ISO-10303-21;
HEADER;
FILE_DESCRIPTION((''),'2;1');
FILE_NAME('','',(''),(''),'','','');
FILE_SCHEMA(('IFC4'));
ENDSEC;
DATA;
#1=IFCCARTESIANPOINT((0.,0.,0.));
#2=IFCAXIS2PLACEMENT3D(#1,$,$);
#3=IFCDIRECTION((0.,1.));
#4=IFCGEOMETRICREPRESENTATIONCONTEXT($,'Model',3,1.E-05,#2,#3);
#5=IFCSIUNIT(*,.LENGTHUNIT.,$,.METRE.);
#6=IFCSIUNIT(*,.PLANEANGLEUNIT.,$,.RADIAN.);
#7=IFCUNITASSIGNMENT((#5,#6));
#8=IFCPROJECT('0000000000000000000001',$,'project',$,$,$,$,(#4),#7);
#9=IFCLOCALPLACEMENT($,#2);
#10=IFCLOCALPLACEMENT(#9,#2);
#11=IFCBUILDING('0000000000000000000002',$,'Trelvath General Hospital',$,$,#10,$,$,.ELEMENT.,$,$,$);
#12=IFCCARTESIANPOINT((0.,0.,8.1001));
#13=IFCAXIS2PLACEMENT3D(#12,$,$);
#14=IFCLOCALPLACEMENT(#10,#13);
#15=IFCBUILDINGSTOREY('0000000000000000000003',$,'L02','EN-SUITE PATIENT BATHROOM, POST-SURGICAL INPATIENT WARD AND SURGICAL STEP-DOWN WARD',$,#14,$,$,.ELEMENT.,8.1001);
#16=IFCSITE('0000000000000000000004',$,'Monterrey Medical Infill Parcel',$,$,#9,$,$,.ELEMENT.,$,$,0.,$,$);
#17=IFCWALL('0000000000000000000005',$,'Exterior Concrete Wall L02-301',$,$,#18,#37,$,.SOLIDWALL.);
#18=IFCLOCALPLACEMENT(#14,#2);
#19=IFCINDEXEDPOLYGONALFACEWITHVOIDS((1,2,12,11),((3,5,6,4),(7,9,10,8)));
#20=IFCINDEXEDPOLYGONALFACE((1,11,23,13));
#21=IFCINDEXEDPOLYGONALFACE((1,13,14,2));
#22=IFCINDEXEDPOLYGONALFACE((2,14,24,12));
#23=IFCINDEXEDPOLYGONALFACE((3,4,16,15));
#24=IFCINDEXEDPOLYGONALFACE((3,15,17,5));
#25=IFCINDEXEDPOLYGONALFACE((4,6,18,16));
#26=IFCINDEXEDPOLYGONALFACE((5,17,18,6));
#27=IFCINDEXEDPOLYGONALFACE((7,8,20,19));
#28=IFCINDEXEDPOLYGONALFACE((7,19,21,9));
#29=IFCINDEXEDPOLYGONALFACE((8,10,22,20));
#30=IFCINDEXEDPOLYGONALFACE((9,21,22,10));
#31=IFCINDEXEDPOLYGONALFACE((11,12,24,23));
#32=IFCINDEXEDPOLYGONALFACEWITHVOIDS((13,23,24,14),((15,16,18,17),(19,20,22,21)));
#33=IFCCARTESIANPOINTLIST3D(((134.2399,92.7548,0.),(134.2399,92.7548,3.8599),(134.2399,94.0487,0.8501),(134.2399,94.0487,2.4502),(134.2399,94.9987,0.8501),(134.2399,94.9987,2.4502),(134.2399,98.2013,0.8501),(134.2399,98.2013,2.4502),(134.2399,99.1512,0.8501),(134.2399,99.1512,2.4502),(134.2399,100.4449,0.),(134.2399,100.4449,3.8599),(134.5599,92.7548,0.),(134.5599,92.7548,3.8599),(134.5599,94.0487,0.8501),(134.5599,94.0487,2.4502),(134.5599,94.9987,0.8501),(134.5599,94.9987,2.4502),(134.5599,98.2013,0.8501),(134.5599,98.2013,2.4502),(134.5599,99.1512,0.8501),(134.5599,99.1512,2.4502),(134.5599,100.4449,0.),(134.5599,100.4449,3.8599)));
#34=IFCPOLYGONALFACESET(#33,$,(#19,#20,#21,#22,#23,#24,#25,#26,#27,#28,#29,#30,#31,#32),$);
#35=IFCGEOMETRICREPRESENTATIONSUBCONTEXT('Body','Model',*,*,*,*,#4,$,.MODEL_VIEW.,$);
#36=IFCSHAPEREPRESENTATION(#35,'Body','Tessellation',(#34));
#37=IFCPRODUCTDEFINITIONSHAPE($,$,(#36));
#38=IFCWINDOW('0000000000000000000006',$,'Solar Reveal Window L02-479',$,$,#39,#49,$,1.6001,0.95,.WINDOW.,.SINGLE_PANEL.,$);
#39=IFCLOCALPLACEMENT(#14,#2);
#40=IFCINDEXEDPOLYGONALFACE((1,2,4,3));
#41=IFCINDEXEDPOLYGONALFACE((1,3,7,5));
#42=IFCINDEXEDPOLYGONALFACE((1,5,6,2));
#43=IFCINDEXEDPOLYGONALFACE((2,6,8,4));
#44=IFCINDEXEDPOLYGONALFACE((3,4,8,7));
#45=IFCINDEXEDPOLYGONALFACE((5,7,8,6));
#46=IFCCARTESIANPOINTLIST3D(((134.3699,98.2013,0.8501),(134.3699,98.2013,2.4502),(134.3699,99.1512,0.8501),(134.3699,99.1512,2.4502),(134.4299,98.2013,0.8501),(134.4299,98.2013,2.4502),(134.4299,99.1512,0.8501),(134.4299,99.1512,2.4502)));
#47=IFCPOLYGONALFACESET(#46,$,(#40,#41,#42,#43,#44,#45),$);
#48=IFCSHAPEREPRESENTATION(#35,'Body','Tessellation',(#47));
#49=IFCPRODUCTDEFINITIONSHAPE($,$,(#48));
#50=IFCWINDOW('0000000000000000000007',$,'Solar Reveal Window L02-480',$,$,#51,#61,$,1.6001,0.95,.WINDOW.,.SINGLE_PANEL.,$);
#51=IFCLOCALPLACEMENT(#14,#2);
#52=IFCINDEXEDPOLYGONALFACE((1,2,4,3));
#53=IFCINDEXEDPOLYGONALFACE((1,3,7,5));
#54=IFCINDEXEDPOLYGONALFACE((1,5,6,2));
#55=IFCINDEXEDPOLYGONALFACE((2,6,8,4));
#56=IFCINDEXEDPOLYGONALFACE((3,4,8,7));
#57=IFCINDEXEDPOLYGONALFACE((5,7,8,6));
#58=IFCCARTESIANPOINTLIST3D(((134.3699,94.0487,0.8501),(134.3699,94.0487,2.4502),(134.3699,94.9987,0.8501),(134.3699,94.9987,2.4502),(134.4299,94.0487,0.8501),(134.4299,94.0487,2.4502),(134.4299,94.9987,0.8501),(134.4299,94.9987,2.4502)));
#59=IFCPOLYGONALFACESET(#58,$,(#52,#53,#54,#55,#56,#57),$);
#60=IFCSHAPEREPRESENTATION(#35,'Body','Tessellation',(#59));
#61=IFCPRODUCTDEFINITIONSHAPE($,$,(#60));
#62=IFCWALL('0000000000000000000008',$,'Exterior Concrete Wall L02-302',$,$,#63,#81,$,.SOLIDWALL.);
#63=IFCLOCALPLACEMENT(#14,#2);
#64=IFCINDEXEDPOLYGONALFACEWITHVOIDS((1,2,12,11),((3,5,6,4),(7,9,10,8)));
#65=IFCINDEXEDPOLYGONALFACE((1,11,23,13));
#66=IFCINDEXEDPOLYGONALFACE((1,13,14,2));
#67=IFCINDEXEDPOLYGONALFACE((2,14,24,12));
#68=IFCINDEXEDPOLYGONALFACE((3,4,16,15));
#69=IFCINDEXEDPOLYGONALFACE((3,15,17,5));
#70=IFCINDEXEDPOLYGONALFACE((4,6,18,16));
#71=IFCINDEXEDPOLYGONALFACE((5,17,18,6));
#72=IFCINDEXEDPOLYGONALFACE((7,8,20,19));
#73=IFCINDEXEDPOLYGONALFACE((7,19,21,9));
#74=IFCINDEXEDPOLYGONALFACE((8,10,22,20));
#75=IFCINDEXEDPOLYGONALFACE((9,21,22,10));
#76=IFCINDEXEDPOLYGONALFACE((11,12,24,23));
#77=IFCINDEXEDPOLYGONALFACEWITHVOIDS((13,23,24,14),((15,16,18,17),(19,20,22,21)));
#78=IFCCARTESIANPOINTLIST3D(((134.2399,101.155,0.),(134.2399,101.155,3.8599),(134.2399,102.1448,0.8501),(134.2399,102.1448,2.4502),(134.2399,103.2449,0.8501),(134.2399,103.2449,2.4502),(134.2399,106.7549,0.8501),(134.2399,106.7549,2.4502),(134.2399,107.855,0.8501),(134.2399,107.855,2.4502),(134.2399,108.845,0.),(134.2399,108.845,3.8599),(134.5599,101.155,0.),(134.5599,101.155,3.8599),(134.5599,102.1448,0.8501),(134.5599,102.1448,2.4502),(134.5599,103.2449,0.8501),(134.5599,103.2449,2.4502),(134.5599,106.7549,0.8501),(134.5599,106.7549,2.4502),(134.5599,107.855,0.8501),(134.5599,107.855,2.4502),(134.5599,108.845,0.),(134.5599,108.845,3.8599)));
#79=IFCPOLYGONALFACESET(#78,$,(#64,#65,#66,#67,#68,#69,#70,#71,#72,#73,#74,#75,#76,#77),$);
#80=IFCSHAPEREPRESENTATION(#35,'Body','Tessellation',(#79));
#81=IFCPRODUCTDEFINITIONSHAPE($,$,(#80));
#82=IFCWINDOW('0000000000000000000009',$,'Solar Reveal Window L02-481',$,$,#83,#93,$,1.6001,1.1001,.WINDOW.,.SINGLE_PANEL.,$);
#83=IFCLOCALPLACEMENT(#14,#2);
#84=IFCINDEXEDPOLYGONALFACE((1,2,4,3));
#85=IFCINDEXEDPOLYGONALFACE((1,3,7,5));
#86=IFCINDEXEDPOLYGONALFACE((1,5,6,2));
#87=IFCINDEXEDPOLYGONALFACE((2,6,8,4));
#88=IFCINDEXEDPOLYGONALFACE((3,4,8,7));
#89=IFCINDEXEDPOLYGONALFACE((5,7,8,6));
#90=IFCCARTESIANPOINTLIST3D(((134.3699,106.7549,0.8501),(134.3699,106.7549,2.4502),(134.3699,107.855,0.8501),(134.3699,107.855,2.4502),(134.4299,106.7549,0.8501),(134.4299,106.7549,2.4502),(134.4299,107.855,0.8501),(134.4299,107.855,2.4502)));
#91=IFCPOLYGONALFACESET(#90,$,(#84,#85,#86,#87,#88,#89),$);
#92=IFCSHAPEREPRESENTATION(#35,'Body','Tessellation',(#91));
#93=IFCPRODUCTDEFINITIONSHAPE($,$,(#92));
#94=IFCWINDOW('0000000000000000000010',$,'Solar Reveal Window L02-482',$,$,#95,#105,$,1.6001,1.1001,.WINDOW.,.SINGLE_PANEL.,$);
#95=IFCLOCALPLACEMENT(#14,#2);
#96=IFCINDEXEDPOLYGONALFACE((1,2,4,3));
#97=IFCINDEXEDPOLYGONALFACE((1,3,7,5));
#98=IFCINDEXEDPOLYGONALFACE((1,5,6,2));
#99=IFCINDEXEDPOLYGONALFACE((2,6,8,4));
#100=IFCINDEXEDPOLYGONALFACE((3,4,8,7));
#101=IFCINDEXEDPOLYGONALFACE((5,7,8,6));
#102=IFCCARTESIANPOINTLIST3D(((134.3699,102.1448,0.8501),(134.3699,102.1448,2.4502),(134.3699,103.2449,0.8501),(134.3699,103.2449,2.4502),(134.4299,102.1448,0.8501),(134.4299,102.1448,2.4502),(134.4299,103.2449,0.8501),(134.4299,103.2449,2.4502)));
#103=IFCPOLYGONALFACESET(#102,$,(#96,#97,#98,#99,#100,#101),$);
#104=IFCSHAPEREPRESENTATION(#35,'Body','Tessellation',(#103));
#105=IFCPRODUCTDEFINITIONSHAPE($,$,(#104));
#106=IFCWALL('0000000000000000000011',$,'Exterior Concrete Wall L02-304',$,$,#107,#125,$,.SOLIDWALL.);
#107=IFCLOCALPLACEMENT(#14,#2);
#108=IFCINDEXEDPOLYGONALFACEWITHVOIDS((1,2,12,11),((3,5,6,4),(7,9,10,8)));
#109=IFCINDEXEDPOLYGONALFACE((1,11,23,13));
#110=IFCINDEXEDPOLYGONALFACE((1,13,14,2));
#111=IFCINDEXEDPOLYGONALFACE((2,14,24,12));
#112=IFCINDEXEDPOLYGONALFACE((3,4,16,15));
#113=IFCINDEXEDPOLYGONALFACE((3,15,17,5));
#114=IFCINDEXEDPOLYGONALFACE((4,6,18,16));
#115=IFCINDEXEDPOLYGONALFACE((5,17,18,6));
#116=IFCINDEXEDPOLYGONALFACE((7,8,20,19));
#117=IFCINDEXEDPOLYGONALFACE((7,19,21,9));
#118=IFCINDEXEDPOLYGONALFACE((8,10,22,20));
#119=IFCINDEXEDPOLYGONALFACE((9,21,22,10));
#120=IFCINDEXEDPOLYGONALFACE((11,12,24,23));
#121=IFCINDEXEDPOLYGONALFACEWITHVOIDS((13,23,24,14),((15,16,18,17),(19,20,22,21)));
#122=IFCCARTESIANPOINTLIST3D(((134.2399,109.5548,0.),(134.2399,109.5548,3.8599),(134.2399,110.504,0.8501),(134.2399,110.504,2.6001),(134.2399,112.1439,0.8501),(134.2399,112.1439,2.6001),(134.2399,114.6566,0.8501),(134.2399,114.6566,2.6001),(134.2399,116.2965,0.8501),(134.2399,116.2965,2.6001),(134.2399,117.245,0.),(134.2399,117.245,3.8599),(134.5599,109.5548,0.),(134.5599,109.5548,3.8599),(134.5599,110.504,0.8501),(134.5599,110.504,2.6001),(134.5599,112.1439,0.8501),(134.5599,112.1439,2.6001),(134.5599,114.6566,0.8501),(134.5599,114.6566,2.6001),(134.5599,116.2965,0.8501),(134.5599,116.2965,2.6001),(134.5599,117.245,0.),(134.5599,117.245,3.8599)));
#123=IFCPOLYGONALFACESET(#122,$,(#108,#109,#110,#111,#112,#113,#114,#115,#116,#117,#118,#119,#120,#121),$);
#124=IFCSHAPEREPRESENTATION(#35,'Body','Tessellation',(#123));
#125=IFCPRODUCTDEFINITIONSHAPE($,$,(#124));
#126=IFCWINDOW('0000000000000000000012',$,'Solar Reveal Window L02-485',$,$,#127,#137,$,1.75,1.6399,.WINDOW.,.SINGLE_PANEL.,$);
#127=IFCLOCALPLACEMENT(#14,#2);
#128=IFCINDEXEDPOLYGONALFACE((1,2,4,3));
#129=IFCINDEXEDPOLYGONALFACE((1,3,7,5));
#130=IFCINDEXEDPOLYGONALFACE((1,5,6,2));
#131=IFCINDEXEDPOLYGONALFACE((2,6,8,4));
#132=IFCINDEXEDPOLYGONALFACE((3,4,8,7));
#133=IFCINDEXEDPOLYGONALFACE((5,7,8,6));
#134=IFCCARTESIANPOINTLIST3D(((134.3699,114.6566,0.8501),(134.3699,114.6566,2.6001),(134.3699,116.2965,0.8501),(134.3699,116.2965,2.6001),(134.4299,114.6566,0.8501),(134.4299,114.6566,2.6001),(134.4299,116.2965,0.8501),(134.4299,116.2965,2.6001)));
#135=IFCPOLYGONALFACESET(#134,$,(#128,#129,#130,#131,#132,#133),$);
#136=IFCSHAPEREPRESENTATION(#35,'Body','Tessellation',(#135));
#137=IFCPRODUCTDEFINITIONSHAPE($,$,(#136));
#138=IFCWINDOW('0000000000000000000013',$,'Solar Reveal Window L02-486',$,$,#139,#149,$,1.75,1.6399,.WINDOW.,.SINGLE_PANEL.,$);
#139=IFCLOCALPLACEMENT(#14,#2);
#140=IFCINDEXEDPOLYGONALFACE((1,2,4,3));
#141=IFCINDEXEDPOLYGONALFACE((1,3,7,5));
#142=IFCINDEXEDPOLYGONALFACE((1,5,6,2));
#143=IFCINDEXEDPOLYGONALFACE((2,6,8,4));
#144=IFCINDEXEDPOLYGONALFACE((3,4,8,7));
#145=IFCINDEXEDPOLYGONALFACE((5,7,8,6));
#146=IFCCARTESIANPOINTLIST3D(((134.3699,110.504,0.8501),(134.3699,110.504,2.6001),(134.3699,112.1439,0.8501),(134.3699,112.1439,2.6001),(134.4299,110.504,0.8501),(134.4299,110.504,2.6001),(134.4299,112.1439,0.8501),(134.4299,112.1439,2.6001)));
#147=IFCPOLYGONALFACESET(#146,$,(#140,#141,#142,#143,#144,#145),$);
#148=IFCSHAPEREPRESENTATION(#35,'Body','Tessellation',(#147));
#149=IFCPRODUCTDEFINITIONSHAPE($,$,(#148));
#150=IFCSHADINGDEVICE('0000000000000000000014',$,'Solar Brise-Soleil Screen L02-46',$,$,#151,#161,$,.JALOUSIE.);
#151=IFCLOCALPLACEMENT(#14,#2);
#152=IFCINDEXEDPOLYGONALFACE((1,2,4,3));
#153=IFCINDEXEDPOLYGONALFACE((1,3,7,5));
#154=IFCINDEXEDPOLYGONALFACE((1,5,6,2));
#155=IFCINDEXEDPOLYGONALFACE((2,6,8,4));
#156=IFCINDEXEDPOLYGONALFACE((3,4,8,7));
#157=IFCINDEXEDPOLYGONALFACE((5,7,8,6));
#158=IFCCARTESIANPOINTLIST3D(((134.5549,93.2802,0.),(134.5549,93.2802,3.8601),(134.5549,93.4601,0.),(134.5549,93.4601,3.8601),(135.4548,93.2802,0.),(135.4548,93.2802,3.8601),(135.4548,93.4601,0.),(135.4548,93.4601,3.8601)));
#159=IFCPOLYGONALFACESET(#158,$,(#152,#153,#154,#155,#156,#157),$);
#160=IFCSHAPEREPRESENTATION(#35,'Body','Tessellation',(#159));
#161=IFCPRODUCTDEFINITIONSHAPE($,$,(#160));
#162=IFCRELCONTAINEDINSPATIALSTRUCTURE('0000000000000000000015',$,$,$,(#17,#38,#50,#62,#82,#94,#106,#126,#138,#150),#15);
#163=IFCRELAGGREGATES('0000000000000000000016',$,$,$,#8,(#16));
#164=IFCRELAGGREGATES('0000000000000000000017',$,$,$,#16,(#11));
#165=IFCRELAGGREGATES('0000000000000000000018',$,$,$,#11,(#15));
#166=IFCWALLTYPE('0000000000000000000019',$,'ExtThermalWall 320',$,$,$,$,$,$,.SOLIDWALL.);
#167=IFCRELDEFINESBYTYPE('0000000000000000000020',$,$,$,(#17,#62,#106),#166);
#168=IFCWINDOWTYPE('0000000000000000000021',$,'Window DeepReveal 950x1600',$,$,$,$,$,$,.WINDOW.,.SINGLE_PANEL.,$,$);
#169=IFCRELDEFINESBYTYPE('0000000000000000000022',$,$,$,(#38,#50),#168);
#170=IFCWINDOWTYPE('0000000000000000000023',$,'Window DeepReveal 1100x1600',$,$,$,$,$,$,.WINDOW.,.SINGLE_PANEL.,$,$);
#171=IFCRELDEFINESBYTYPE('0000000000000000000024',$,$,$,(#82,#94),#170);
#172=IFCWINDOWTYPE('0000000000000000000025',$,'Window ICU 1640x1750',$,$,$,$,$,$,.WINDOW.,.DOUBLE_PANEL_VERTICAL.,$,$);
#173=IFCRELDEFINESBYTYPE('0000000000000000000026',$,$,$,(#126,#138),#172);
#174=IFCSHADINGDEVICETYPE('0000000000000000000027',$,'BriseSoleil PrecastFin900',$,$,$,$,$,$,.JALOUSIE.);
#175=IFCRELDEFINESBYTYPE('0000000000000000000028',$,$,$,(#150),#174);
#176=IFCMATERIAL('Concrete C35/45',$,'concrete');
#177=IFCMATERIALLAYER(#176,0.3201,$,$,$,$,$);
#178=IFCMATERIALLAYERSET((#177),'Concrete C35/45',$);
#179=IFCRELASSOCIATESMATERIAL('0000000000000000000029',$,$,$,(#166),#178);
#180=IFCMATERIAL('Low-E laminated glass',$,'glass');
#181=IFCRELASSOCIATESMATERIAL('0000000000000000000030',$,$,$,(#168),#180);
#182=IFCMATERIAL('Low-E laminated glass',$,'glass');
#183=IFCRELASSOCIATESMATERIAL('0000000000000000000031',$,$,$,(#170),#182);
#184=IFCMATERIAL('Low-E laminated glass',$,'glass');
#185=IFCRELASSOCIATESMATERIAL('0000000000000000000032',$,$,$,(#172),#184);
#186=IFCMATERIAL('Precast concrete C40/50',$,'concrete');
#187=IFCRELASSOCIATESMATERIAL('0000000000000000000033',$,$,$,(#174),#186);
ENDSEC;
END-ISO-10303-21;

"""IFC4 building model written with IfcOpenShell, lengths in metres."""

from ifc_helpers import new_model, si_unit, direction, frame, frame_2d, origin, origin_2d, place, context, subcontext, project, spatial, rectangle, extrude, material, layer, layer_set, type_object, element, fill, save


model = new_model("IFC4")

# Units and contexts
model_context = context("Model", 3, precision=1e-05, world=origin(), true_north=direction((0.0, 1.0)))
body_context = subcontext(model_context, "Body", "Model", "MODEL_VIEW")
ifc_project = project(units=[si_unit("LENGTHUNIT", "METRE"), si_unit("PLANEANGLEUNIT", "RADIAN")], contexts=[model_context])

# Site, building, storey
site_placement = place(None, origin())
site = spatial("IfcSite", under=ifc_project, at=site_placement, Name="Monterrey Medical Infill Parcel", CompositionType="ELEMENT", RefElevation=0.0)
building_placement = place(site_placement, origin())
building = spatial("IfcBuilding", under=site, at=building_placement, Name="Trelvath General Hospital", CompositionType="ELEMENT")
storey_placement = place(building_placement, frame((0.0, 0.0, 8.1001)))
storey = spatial("IfcBuildingStorey", under=building, at=storey_placement, Name="L02", Description="EN-SUITE PATIENT BATHROOM, POST-SURGICAL INPATIENT WARD AND SURGICAL STEP-DOWN WARD", CompositionType="ELEMENT", Elevation=8.1001)

# Walls, openings, windows
ifc_material_1 = material(Name="Concrete C35/45", Category="concrete")
ifc_layer_1 = layer(ifc_material_1, 0.3201)
ifc_layer_set_1 = layer_set([ifc_layer_1], Name="Concrete C35/45")
wall_type = type_object("IfcWallType", Name="ExtThermalWall 320", PredefinedType="SOLIDWALL", material=ifc_layer_set_1)
wall_1_placement = place(storey_placement, frame((134.3999, 100.4451, 0.0), z_axis=(0.0, 0.0, 1.0), x_axis=(0.0, -1.0, 0.0)))
wall_1 = element("IfcWall", 1, at=wall_1_placement, inside=storey, type_object=wall_type, Name="Exterior Concrete Wall L02-301", PredefinedType="SOLIDWALL", context=body_context, shape_type="SweptSolid", body=[
    extrude(rectangle(XDim=7.6902, YDim=0.3201, at=frame_2d((3.8452, 0.0))), origin(), (0.0, 0.0, 1.0), 3.8599),
])
opening_1_placement = place(wall_1_placement, frame((1.2937, 0.0, 0.8501)))
opening_1 = element("IfcOpeningElement", 2, at=opening_1_placement, cuts=wall_1, PredefinedType="OPENING", context=body_context, shape_type="SweptSolid", body=[
    extrude(rectangle(XDim=0.95, YDim=1.6001, at=frame_2d((0.4751, 0.8))), frame((0.0, 0.1699, 0.0), z_axis=(0.0, -1.0, 0.0), x_axis=(1.0, 0.0, 0.0)), (0.0, 0.0, 1.0), 0.3401),
])
opening_2_placement = place(wall_1_placement, frame((5.4463, 0.0, 0.8501)))
opening_2 = element("IfcOpeningElement", 3, at=opening_2_placement, cuts=wall_1, PredefinedType="OPENING", context=body_context, shape_type="SweptSolid", body=[
    extrude(rectangle(XDim=0.95, YDim=1.6001, at=frame_2d((0.4751, 0.8))), frame((0.0, 0.1699, 0.0), z_axis=(0.0, -1.0, 0.0), x_axis=(1.0, 0.0, 0.0)), (0.0, 0.0, 1.0), 0.3401),
])
ifc_material_2 = material(Name="Low-E laminated glass", Category="glass")
window_type_1 = type_object("IfcWindowType", Name="Window DeepReveal 950x1600", PartitioningType="SINGLE_PANEL", PredefinedType="WINDOW", material=ifc_material_2)
window_1_placement = place(opening_1_placement, origin())
window_1 = element("IfcWindow", 4, at=window_1_placement, inside=storey, type_object=window_type_1, Name="Solar Reveal Window L02-479", OverallHeight=1.6001, OverallWidth=0.95, PartitioningType="SINGLE_PANEL", PredefinedType="WINDOW", context=body_context, shape_type="SweptSolid", body=[
    extrude(rectangle(XDim=0.95, YDim=1.6001, at=frame_2d((0.4751, 0.8))), frame((0.0, 0.03, 0.0), z_axis=(0.0, -1.0, 0.0), x_axis=(1.0, 0.0, 0.0)), (0.0, 0.0, 1.0), 0.0601),
])
fill(opening_1, window_1)
window_2_placement = place(opening_2_placement, origin())
window_2 = element("IfcWindow", 5, at=window_2_placement, inside=storey, type_object=window_type_1, Name="Solar Reveal Window L02-480", OverallHeight=1.6001, OverallWidth=0.95, PartitioningType="SINGLE_PANEL", PredefinedType="WINDOW", context=body_context, shape_type="SweptSolid", body=[
    extrude(rectangle(XDim=0.95, YDim=1.6001, at=frame_2d((0.4751, 0.8))), frame((0.0, 0.03, 0.0), z_axis=(0.0, -1.0, 0.0), x_axis=(1.0, 0.0, 0.0)), (0.0, 0.0, 1.0), 0.0601),
])
fill(opening_2, window_2)
wall_2_placement = place(storey_placement, frame((134.3999, 108.845, 0.0), z_axis=(0.0, 0.0, 1.0), x_axis=(0.0, -1.0, 0.0)))
wall_2 = element("IfcWall", 6, at=wall_2_placement, inside=storey, type_object=wall_type, Name="Exterior Concrete Wall L02-302", PredefinedType="SOLIDWALL", context=body_context, shape_type="SweptSolid", body=[
    extrude(rectangle(XDim=7.6899, YDim=0.3201, at=frame_2d((3.845, 0.0))), origin(), (0.0, 0.0, 1.0), 3.8599),
])
opening_3_placement = place(wall_2_placement, frame((0.99, 0.0, 0.8501)))
opening_3 = element("IfcOpeningElement", 7, at=opening_3_placement, cuts=wall_2, PredefinedType="OPENING", context=body_context, shape_type="SweptSolid", body=[
    extrude(rectangle(XDim=1.1001, YDim=1.6001, at=frame_2d((0.55, 0.8))), frame((0.0, 0.1699, 0.0), z_axis=(0.0, -1.0, 0.0), x_axis=(1.0, 0.0, 0.0)), (0.0, 0.0, 1.0), 0.3401),
])
opening_4_placement = place(wall_2_placement, frame((5.6001, 0.0, 0.8501)))
opening_4 = element("IfcOpeningElement", 8, at=opening_4_placement, cuts=wall_2, PredefinedType="OPENING", context=body_context, shape_type="SweptSolid", body=[
    extrude(rectangle(XDim=1.1001, YDim=1.6001, at=frame_2d((0.55, 0.8))), frame((0.0, 0.1699, 0.0), z_axis=(0.0, -1.0, 0.0), x_axis=(1.0, 0.0, 0.0)), (0.0, 0.0, 1.0), 0.3401),
])
ifc_material_3 = material(Name="Low-E laminated glass", Category="glass")
window_type_2 = type_object("IfcWindowType", Name="Window DeepReveal 1100x1600", PartitioningType="SINGLE_PANEL", PredefinedType="WINDOW", material=ifc_material_3)
window_3_placement = place(opening_3_placement, origin())
window_3 = element("IfcWindow", 9, at=window_3_placement, inside=storey, type_object=window_type_2, Name="Solar Reveal Window L02-481", OverallHeight=1.6001, OverallWidth=1.1001, PartitioningType="SINGLE_PANEL", PredefinedType="WINDOW", context=body_context, shape_type="SweptSolid", body=[
    extrude(rectangle(XDim=1.1001, YDim=1.6001, at=frame_2d((0.55, 0.8))), frame((0.0, 0.03, 0.0), z_axis=(0.0, -1.0, 0.0), x_axis=(1.0, 0.0, 0.0)), (0.0, 0.0, 1.0), 0.0601),
])
fill(opening_3, window_3)
window_4_placement = place(opening_4_placement, origin())
window_4 = element("IfcWindow", 10, at=window_4_placement, inside=storey, type_object=window_type_2, Name="Solar Reveal Window L02-482", OverallHeight=1.6001, OverallWidth=1.1001, PartitioningType="SINGLE_PANEL", PredefinedType="WINDOW", context=body_context, shape_type="SweptSolid", body=[
    extrude(rectangle(XDim=1.1001, YDim=1.6001, at=frame_2d((0.55, 0.8))), frame((0.0, 0.03, 0.0), z_axis=(0.0, -1.0, 0.0), x_axis=(1.0, 0.0, 0.0)), (0.0, 0.0, 1.0), 0.0601),
])
fill(opening_4, window_4)
wall_3_placement = place(storey_placement, frame((134.3999, 117.2451, 0.0), z_axis=(0.0, 0.0, 1.0), x_axis=(0.0, -1.0, 0.0)))
wall_3 = element("IfcWall", 11, at=wall_3_placement, inside=storey, type_object=wall_type, Name="Exterior Concrete Wall L02-304", PredefinedType="SOLIDWALL", context=body_context, shape_type="SweptSolid", body=[
    extrude(rectangle(XDim=7.6902, YDim=0.3201, at=frame_2d((3.8452, 0.0))), origin(), (0.0, 0.0, 1.0), 3.8599),
])
opening_5_placement = place(wall_3_placement, frame((0.9487, 0.0, 0.8501)))
opening_5 = element("IfcOpeningElement", 12, at=opening_5_placement, cuts=wall_3, PredefinedType="OPENING", context=body_context, shape_type="SweptSolid", body=[
    extrude(rectangle(XDim=1.6399, YDim=1.75, at=frame_2d((0.8198, 0.875))), frame((0.0, 0.1699, 0.0), z_axis=(0.0, -1.0, 0.0), x_axis=(1.0, 0.0, 0.0)), (0.0, 0.0, 1.0), 0.3401),
])
opening_6_placement = place(wall_3_placement, frame((5.1013, 0.0, 0.8501)))
opening_6 = element("IfcOpeningElement", 13, at=opening_6_placement, cuts=wall_3, PredefinedType="OPENING", context=body_context, shape_type="SweptSolid", body=[
    extrude(rectangle(XDim=1.6399, YDim=1.75, at=frame_2d((0.8198, 0.875))), frame((0.0, 0.1699, 0.0), z_axis=(0.0, -1.0, 0.0), x_axis=(1.0, 0.0, 0.0)), (0.0, 0.0, 1.0), 0.3401),
])
ifc_material_4 = material(Name="Low-E laminated glass", Category="glass")
window_type_3 = type_object("IfcWindowType", Name="Window ICU 1640x1750", PartitioningType="DOUBLE_PANEL_VERTICAL", PredefinedType="WINDOW", material=ifc_material_4)
window_5_placement = place(opening_5_placement, origin())
window_5 = element("IfcWindow", 14, at=window_5_placement, inside=storey, type_object=window_type_3, Name="Solar Reveal Window L02-485", OverallHeight=1.75, OverallWidth=1.6399, PartitioningType="SINGLE_PANEL", PredefinedType="WINDOW", context=body_context, shape_type="SweptSolid", body=[
    extrude(rectangle(XDim=1.6399, YDim=1.75, at=frame_2d((0.8198, 0.875))), frame((0.0, 0.03, 0.0), z_axis=(0.0, -1.0, 0.0), x_axis=(1.0, 0.0, 0.0)), (0.0, 0.0, 1.0), 0.0601),
])
fill(opening_5, window_5)
window_6_placement = place(opening_6_placement, origin())
window_6 = element("IfcWindow", 15, at=window_6_placement, inside=storey, type_object=window_type_3, Name="Solar Reveal Window L02-486", OverallHeight=1.75, OverallWidth=1.6399, PartitioningType="SINGLE_PANEL", PredefinedType="WINDOW", context=body_context, shape_type="SweptSolid", body=[
    extrude(rectangle(XDim=1.6399, YDim=1.75, at=frame_2d((0.8198, 0.875))), frame((0.0, 0.03, 0.0), z_axis=(0.0, -1.0, 0.0), x_axis=(1.0, 0.0, 0.0)), (0.0, 0.0, 1.0), 0.0601),
])
fill(opening_6, window_6)

# Shading device
ifc_material_5 = material(Name="Precast concrete C40/50", Category="concrete")
shading_device_type_1 = type_object("IfcShadingDeviceType", Name="BriseSoleil PrecastFin900", PredefinedType="JALOUSIE", material=ifc_material_5)
shading_device_1_placement = place(storey_placement, frame((135.0049, 93.3701, 0.0), z_axis=(0.0, 0.0, 1.0), x_axis=(1.0, 0.0, 0.0)))
element("IfcShadingDevice", 16, at=shading_device_1_placement, inside=storey, type_object=shading_device_type_1, Name="Solar Brise-Soleil Screen L02-46", PredefinedType="JALOUSIE", context=body_context, shape_type="SweptSolid", body=[
    extrude(rectangle(XDim=0.8999, YDim=0.1799, at=origin_2d()), origin(), (0.0, 0.0, 1.0), 3.8601),
])

save(model, "model.ifc")
